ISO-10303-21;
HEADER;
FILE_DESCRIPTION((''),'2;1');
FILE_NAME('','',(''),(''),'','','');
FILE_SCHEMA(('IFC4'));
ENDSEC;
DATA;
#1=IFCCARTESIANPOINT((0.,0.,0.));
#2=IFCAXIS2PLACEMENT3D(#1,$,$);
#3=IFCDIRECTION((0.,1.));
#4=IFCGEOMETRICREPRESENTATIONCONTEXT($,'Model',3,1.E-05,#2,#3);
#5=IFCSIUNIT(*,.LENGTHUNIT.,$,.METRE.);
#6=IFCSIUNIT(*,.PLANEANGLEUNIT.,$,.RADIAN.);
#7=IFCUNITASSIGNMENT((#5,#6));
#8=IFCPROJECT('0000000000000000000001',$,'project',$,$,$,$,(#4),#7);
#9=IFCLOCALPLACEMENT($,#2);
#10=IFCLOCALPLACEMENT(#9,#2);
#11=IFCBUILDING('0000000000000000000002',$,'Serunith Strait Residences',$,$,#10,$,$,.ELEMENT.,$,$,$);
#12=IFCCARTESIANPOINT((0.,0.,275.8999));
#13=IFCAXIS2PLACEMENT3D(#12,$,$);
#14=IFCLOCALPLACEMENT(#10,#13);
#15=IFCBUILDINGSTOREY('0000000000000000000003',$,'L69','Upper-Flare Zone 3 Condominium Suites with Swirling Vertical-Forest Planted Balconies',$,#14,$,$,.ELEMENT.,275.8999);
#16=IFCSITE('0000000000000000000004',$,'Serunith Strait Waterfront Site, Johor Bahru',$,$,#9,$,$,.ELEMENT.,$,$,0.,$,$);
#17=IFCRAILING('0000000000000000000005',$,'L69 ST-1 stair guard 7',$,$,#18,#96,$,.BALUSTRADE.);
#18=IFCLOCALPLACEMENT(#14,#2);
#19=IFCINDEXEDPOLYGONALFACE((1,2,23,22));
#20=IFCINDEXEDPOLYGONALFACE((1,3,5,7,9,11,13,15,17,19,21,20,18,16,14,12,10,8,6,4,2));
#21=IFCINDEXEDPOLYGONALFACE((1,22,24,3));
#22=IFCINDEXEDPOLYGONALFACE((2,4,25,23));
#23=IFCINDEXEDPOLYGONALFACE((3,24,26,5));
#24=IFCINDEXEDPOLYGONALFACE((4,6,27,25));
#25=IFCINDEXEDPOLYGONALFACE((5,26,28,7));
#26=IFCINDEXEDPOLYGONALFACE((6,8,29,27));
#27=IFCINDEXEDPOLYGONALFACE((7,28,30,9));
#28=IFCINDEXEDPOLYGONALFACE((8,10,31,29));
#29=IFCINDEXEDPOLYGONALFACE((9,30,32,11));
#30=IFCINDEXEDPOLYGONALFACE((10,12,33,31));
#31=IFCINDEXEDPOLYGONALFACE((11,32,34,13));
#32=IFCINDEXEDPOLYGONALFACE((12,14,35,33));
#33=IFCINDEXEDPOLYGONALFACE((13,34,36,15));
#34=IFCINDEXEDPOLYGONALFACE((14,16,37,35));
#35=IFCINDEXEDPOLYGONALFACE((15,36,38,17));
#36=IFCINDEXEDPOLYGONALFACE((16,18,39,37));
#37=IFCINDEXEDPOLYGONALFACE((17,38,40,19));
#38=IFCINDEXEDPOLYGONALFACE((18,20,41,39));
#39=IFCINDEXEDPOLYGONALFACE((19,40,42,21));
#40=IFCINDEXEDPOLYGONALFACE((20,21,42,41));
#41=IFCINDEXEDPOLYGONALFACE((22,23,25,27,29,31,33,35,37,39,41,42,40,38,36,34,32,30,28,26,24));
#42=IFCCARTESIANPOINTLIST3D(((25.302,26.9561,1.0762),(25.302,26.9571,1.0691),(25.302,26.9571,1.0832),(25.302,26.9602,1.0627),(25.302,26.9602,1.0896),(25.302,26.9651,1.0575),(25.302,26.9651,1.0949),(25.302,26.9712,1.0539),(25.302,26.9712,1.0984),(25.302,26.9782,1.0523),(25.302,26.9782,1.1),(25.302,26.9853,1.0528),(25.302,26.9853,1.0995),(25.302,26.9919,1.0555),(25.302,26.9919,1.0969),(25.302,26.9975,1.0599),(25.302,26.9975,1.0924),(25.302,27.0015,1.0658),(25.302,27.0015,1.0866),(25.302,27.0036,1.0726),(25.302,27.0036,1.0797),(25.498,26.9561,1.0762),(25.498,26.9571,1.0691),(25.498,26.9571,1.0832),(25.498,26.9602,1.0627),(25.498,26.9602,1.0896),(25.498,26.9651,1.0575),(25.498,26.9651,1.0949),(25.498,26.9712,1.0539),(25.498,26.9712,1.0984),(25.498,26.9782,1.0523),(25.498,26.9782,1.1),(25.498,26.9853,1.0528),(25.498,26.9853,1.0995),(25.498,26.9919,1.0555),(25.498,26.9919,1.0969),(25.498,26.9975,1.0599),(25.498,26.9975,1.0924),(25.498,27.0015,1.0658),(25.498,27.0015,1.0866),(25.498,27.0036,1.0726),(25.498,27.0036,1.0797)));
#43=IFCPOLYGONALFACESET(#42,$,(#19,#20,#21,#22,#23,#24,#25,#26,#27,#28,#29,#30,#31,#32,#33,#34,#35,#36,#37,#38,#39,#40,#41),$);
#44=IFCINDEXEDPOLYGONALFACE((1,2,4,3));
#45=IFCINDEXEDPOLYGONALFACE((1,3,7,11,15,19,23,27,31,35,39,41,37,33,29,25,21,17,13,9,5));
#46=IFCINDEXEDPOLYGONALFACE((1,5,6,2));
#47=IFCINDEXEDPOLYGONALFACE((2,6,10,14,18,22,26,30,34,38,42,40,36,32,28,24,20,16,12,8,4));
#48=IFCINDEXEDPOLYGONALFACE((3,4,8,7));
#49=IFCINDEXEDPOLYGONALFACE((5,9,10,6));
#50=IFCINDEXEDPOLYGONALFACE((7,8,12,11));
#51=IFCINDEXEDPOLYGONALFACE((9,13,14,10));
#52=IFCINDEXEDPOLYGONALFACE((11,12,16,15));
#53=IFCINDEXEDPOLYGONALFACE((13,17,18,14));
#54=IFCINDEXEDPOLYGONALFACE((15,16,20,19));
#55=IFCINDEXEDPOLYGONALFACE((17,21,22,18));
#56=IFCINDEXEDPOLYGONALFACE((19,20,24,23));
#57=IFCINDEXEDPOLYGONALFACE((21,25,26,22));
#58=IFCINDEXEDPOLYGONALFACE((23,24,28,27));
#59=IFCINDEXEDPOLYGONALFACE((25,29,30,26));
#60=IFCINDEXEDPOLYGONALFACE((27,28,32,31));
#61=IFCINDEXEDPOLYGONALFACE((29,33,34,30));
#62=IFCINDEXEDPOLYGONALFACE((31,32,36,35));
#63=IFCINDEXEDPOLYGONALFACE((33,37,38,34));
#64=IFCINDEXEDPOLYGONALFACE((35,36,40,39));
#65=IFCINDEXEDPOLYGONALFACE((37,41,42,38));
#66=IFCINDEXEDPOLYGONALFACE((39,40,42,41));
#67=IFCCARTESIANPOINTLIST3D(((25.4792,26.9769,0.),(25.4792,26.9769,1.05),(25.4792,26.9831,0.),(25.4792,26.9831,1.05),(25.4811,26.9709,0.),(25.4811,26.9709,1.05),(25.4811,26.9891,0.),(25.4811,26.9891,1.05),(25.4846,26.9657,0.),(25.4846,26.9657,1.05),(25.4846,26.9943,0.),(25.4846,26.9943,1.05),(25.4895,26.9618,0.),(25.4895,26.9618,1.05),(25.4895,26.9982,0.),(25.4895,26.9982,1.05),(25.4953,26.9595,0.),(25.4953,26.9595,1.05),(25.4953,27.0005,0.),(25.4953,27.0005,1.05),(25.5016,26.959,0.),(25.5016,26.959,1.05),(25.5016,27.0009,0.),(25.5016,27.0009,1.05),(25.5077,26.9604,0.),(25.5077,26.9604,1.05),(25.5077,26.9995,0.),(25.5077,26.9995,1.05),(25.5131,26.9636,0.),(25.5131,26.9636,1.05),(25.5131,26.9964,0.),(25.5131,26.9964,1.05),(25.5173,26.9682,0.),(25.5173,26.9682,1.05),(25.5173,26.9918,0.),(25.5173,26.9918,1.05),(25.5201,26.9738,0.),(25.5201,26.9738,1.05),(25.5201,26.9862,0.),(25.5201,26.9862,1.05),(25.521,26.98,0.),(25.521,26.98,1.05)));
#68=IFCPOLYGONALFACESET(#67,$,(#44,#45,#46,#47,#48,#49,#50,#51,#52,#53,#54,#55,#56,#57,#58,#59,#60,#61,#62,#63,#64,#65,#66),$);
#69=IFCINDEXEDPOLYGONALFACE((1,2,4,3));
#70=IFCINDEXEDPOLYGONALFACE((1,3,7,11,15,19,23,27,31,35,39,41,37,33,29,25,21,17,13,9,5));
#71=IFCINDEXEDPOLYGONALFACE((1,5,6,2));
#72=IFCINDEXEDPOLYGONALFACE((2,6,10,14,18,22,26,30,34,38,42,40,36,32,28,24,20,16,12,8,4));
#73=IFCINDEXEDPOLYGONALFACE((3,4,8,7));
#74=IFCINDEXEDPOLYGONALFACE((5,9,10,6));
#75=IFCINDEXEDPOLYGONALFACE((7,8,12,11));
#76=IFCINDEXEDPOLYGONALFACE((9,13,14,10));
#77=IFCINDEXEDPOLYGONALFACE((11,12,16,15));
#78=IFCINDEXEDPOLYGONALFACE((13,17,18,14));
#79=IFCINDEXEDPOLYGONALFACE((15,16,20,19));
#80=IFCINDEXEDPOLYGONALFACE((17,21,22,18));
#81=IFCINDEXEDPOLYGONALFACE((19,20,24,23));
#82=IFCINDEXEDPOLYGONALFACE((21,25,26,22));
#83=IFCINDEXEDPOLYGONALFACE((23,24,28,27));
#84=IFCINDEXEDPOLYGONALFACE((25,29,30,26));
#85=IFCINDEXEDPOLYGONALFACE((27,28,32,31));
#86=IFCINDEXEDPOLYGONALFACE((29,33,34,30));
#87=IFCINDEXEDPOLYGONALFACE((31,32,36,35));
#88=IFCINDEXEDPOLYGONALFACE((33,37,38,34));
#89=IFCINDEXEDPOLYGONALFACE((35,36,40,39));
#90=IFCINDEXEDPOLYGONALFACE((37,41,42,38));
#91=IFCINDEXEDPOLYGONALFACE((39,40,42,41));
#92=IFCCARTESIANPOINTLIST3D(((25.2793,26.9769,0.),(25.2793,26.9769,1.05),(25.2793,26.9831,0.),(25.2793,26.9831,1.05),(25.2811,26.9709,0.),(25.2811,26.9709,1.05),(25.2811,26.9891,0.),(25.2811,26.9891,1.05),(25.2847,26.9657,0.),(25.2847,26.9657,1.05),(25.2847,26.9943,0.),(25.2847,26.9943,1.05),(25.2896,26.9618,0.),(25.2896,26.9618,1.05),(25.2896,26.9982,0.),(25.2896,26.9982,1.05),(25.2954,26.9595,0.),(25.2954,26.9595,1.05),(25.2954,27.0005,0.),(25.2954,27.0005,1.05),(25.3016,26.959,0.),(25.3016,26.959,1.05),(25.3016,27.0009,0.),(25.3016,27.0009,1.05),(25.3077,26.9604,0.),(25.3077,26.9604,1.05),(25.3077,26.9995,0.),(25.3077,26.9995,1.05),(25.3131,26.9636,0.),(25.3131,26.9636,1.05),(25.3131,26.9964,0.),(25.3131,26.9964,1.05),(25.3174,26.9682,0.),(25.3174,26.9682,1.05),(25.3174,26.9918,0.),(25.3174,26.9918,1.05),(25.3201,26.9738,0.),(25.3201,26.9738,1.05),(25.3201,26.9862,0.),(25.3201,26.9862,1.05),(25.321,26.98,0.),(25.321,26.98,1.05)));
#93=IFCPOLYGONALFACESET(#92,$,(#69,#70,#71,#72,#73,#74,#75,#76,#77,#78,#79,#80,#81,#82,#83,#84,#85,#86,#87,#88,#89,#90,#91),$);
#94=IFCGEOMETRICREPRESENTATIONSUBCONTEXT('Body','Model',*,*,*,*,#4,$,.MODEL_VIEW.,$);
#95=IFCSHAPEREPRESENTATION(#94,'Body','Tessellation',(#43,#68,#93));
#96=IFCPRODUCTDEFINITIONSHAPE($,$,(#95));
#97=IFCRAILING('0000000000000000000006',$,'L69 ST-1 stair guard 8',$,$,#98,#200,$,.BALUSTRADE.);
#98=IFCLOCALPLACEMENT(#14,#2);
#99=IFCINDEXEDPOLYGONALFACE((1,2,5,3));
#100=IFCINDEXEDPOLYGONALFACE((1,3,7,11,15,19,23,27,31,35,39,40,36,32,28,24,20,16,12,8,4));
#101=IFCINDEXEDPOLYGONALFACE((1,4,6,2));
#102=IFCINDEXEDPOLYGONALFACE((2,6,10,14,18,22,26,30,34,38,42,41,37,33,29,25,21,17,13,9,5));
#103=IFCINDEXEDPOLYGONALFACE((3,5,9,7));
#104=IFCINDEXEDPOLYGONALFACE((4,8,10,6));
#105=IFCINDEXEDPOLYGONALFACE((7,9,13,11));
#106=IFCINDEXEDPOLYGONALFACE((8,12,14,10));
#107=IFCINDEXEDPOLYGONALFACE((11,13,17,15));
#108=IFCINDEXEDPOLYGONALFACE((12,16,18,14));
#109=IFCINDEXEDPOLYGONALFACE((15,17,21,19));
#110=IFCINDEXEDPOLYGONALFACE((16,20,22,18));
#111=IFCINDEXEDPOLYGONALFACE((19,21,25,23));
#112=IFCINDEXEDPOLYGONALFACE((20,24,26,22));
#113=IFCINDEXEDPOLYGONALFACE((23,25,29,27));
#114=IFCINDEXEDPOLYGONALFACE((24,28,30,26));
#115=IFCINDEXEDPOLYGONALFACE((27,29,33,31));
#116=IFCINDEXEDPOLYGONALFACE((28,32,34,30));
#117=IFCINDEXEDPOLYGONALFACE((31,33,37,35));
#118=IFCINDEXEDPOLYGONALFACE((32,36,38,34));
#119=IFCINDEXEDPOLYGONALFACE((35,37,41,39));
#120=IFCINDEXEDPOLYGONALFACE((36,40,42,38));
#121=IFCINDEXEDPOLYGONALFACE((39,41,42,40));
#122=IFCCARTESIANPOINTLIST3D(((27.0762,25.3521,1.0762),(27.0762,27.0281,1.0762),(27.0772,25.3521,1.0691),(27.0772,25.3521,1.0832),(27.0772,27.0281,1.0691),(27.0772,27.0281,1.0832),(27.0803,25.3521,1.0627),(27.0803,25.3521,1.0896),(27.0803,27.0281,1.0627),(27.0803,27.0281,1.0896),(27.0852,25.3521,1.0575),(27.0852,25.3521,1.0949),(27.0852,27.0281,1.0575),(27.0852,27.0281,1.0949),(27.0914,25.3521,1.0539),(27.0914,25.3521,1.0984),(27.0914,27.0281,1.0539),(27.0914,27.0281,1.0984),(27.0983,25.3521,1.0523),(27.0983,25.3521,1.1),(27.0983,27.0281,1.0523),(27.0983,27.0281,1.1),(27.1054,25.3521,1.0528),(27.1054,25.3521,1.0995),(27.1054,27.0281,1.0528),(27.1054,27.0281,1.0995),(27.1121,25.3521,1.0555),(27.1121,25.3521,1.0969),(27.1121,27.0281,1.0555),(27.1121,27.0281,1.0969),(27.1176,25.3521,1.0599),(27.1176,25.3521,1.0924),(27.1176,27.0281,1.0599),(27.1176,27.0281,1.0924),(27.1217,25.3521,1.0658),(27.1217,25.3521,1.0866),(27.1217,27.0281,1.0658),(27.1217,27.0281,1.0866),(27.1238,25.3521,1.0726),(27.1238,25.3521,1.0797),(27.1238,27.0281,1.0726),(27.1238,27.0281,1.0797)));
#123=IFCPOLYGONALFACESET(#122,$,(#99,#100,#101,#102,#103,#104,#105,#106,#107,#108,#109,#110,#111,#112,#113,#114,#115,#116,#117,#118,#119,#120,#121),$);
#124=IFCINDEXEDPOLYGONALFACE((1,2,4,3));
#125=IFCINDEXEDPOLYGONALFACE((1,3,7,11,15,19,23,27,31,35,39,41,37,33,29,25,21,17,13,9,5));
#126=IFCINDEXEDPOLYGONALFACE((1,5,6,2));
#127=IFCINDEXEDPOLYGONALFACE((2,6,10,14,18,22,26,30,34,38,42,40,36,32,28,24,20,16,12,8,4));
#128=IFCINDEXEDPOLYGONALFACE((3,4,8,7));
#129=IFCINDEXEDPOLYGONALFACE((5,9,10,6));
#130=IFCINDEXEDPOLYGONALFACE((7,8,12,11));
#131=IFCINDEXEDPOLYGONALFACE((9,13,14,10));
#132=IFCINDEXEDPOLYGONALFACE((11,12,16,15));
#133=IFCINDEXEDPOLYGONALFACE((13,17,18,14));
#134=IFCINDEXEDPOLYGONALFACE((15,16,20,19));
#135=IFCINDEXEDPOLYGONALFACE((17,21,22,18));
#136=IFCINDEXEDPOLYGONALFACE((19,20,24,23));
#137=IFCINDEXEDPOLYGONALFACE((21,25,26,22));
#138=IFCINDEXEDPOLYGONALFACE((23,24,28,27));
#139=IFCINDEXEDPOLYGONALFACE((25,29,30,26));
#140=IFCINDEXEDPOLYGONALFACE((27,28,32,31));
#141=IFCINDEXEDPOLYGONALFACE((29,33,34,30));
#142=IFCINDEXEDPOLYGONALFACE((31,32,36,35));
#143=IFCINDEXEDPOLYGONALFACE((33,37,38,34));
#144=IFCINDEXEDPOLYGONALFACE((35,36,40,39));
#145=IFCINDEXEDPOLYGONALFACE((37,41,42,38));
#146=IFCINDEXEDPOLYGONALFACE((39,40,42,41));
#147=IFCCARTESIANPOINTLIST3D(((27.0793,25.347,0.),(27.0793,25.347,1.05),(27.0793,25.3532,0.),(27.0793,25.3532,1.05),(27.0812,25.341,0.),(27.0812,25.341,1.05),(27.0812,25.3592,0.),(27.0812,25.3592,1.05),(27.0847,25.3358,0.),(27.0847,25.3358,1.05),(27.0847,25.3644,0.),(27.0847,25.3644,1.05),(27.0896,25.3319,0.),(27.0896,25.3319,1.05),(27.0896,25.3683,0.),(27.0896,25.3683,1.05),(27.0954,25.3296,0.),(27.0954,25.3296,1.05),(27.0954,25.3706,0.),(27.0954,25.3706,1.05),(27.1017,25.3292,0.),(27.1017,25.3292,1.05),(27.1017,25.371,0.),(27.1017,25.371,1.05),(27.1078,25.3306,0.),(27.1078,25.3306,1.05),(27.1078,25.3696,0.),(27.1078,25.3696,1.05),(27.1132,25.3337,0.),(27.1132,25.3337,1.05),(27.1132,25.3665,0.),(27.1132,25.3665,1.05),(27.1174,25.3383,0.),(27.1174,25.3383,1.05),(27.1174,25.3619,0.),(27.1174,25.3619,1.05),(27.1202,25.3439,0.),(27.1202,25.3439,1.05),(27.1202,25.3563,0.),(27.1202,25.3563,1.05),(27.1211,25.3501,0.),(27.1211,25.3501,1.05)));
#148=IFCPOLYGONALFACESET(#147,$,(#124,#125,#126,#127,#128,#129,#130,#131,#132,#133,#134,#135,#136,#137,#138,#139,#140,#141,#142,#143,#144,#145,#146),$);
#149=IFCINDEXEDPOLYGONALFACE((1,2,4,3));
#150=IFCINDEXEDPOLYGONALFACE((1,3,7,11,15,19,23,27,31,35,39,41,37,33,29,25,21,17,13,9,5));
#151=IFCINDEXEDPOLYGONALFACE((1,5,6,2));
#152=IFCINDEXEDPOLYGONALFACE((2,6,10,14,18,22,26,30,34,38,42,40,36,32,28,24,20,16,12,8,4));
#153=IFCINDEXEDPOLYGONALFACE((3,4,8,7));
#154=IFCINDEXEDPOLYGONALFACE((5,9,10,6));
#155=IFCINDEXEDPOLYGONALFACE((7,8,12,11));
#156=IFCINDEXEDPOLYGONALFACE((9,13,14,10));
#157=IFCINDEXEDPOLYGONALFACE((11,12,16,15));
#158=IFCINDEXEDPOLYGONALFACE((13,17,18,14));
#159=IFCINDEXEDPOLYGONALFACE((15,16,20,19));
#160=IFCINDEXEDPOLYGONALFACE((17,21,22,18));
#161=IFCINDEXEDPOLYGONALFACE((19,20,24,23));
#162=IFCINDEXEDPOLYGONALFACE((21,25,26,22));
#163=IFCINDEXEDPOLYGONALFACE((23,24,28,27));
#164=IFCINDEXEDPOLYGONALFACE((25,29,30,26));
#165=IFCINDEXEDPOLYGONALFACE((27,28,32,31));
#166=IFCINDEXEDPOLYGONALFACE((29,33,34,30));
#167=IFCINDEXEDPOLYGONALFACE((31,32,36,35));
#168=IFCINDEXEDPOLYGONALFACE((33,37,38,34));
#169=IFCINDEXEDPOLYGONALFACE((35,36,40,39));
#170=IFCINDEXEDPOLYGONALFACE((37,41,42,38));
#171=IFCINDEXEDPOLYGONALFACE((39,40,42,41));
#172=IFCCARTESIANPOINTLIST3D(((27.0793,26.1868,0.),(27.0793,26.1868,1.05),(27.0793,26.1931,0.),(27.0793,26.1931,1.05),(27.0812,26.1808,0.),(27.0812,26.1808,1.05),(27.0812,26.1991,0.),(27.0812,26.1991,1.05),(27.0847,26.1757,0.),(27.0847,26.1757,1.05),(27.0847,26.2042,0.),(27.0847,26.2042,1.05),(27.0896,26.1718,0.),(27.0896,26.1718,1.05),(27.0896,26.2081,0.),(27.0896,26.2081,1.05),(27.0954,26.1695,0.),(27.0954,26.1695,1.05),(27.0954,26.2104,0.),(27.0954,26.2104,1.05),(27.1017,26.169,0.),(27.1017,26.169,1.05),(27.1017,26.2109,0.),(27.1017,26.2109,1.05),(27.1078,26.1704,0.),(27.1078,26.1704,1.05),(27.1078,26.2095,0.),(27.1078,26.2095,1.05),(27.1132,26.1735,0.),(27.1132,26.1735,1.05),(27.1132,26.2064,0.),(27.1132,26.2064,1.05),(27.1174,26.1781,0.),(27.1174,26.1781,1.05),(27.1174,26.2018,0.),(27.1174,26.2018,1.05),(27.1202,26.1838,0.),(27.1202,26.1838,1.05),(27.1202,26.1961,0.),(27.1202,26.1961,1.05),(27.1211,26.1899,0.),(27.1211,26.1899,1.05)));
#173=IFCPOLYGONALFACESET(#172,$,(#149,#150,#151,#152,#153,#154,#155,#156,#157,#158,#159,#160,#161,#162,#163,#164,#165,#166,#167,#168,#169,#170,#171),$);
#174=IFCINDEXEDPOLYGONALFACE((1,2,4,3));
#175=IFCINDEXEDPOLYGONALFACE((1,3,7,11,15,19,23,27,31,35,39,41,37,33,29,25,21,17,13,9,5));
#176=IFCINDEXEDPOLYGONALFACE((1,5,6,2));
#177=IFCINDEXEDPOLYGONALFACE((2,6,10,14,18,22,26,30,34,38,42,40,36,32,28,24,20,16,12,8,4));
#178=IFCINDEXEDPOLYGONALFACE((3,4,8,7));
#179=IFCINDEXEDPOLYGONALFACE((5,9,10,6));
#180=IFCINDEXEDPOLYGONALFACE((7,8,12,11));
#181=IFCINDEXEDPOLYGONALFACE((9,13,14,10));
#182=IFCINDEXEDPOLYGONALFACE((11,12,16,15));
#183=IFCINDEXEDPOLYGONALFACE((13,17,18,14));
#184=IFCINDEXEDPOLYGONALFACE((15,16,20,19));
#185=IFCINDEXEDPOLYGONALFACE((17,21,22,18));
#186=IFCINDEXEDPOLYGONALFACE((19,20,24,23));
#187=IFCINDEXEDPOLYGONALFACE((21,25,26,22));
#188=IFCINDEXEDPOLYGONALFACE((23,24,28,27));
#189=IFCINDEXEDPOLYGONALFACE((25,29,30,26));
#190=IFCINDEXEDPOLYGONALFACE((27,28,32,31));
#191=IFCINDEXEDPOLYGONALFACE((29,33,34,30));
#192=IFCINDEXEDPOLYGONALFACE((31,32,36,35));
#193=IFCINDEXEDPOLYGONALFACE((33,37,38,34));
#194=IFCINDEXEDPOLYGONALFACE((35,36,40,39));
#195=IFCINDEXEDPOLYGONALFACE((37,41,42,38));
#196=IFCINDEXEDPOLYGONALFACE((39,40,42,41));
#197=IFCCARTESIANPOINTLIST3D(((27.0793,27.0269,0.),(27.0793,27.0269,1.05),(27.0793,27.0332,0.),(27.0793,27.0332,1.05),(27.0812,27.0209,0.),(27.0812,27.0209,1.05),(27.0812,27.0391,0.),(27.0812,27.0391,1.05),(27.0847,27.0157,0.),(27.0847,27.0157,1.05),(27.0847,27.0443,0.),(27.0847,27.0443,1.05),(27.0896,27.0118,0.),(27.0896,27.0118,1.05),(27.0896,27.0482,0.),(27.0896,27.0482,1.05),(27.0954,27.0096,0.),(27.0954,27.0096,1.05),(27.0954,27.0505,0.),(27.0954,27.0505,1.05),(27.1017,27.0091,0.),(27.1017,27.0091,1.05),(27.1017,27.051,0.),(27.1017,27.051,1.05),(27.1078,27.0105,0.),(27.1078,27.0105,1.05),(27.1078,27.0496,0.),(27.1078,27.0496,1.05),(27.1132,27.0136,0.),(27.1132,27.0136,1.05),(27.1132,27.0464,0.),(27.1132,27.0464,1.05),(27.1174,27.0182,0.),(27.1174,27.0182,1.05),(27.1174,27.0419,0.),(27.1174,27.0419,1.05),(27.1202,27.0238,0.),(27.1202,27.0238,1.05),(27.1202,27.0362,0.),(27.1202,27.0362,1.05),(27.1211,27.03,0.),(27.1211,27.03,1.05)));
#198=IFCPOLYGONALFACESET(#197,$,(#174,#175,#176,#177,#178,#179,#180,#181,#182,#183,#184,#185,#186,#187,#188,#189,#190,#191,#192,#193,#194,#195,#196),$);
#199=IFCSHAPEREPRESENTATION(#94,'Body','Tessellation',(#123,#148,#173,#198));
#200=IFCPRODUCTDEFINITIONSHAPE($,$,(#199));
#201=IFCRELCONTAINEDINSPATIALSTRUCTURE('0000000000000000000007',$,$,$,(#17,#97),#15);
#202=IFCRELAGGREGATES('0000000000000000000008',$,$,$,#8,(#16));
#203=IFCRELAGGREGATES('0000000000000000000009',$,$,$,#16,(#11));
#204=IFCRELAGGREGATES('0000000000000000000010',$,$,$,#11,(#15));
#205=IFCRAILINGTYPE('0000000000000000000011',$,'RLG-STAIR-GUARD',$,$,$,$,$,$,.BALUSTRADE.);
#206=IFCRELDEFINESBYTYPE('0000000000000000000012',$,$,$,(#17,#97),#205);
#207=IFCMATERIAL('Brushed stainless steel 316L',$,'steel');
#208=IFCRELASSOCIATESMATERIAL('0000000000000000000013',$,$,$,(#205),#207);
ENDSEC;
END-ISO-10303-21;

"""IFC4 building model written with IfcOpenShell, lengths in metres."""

from ifc_helpers import new_model, si_unit, direction, frame, origin, origin_2d, place, context, subcontext, project, spatial, circle, extrude, material, type_object, element, save


model = new_model("IFC4")

# Units and contexts
model_context = context("Model", 3, precision=1e-05, world=origin(), true_north=direction((0.0, 1.0)))
body_context = subcontext(model_context, "Body", "Model", "MODEL_VIEW")
ifc_project = project(units=[si_unit("LENGTHUNIT", "METRE"), si_unit("PLANEANGLEUNIT", "RADIAN")], contexts=[model_context])

# Site, building, storey
site_placement = place(None, origin())
site = spatial("IfcSite", under=ifc_project, at=site_placement, Name="Serunith Strait Waterfront Site, Johor Bahru", CompositionType="ELEMENT", RefElevation=0.0)
building_placement = place(site_placement, origin())
building = spatial("IfcBuilding", under=site, at=building_placement, Name="Serunith Strait Residences", CompositionType="ELEMENT")
storey_placement = place(building_placement, frame((0.0, 0.0, 275.8999)))
storey = spatial("IfcBuildingStorey", under=building, at=storey_placement, Name="L69", Description="Upper-Flare Zone 3 Condominium Suites with Swirling Vertical-Forest Planted Balconies", CompositionType="ELEMENT", Elevation=275.8999)

# Railings
ifc_material_1 = material(Name="Brushed stainless steel 316L", Category="steel")
railing_type_1 = type_object("IfcRailingType", Name="RLG-STAIR-GUARD", PredefinedType="BALUSTRADE", material=ifc_material_1)
railing_1_placement = place(storey_placement, frame((25.5, 26.98, 0.0)))
element("IfcRailing", 1, at=railing_1_placement, inside=storey, type_object=railing_type_1, Name="L69 ST-1 stair guard 7", PredefinedType="BALUSTRADE", context=body_context, shape_type="SweptSolid", body=[
    extrude(circle(Radius=0.0239, at=origin_2d()), frame((-0.002, 0.0, 1.0762), z_axis=(-1.0, 0.0, 0.0), x_axis=(0.0, -1.0, 0.0)), (0.0, 0.0, 1.0), 0.196),
    extrude(circle(Radius=0.021, at=origin_2d()), origin(), (0.0, 0.0, 1.0), 1.05),
    extrude(circle(Radius=0.021, at=origin_2d()), frame((-0.2, 0.0, 0.0)), (0.0, 0.0, 1.0), 1.05),
])
for number, where, name in (
    (2, (27.1001, 25.3501, 0.0), "L69 ST-1 stair guard 8"),
):
    element("IfcRailing", number, at=place(storey_placement, frame(where)), inside=storey, type_object=railing_type_1, Name=name, PredefinedType="BALUSTRADE", context=body_context, shape_type="SweptSolid", body=[
        extrude(circle(Radius=0.0239, at=origin_2d()), frame((0.0, 0.002, 1.0762), z_axis=(0.0, 1.0, 0.0), x_axis=(-1.0, 0.0, 0.0)), (0.0, 0.0, 1.0), 1.676),
        extrude(circle(Radius=0.021, at=origin_2d()), origin(), (0.0, 0.0, 1.0), 1.05),
        extrude(circle(Radius=0.021, at=origin_2d()), frame((0.0, 0.8398, 0.0)), (0.0, 0.0, 1.0), 1.05),
        extrude(circle(Radius=0.021, at=origin_2d()), frame((0.0, 1.6799, 0.0)), (0.0, 0.0, 1.0), 1.05),
    ])

save(model, "model.ifc")
